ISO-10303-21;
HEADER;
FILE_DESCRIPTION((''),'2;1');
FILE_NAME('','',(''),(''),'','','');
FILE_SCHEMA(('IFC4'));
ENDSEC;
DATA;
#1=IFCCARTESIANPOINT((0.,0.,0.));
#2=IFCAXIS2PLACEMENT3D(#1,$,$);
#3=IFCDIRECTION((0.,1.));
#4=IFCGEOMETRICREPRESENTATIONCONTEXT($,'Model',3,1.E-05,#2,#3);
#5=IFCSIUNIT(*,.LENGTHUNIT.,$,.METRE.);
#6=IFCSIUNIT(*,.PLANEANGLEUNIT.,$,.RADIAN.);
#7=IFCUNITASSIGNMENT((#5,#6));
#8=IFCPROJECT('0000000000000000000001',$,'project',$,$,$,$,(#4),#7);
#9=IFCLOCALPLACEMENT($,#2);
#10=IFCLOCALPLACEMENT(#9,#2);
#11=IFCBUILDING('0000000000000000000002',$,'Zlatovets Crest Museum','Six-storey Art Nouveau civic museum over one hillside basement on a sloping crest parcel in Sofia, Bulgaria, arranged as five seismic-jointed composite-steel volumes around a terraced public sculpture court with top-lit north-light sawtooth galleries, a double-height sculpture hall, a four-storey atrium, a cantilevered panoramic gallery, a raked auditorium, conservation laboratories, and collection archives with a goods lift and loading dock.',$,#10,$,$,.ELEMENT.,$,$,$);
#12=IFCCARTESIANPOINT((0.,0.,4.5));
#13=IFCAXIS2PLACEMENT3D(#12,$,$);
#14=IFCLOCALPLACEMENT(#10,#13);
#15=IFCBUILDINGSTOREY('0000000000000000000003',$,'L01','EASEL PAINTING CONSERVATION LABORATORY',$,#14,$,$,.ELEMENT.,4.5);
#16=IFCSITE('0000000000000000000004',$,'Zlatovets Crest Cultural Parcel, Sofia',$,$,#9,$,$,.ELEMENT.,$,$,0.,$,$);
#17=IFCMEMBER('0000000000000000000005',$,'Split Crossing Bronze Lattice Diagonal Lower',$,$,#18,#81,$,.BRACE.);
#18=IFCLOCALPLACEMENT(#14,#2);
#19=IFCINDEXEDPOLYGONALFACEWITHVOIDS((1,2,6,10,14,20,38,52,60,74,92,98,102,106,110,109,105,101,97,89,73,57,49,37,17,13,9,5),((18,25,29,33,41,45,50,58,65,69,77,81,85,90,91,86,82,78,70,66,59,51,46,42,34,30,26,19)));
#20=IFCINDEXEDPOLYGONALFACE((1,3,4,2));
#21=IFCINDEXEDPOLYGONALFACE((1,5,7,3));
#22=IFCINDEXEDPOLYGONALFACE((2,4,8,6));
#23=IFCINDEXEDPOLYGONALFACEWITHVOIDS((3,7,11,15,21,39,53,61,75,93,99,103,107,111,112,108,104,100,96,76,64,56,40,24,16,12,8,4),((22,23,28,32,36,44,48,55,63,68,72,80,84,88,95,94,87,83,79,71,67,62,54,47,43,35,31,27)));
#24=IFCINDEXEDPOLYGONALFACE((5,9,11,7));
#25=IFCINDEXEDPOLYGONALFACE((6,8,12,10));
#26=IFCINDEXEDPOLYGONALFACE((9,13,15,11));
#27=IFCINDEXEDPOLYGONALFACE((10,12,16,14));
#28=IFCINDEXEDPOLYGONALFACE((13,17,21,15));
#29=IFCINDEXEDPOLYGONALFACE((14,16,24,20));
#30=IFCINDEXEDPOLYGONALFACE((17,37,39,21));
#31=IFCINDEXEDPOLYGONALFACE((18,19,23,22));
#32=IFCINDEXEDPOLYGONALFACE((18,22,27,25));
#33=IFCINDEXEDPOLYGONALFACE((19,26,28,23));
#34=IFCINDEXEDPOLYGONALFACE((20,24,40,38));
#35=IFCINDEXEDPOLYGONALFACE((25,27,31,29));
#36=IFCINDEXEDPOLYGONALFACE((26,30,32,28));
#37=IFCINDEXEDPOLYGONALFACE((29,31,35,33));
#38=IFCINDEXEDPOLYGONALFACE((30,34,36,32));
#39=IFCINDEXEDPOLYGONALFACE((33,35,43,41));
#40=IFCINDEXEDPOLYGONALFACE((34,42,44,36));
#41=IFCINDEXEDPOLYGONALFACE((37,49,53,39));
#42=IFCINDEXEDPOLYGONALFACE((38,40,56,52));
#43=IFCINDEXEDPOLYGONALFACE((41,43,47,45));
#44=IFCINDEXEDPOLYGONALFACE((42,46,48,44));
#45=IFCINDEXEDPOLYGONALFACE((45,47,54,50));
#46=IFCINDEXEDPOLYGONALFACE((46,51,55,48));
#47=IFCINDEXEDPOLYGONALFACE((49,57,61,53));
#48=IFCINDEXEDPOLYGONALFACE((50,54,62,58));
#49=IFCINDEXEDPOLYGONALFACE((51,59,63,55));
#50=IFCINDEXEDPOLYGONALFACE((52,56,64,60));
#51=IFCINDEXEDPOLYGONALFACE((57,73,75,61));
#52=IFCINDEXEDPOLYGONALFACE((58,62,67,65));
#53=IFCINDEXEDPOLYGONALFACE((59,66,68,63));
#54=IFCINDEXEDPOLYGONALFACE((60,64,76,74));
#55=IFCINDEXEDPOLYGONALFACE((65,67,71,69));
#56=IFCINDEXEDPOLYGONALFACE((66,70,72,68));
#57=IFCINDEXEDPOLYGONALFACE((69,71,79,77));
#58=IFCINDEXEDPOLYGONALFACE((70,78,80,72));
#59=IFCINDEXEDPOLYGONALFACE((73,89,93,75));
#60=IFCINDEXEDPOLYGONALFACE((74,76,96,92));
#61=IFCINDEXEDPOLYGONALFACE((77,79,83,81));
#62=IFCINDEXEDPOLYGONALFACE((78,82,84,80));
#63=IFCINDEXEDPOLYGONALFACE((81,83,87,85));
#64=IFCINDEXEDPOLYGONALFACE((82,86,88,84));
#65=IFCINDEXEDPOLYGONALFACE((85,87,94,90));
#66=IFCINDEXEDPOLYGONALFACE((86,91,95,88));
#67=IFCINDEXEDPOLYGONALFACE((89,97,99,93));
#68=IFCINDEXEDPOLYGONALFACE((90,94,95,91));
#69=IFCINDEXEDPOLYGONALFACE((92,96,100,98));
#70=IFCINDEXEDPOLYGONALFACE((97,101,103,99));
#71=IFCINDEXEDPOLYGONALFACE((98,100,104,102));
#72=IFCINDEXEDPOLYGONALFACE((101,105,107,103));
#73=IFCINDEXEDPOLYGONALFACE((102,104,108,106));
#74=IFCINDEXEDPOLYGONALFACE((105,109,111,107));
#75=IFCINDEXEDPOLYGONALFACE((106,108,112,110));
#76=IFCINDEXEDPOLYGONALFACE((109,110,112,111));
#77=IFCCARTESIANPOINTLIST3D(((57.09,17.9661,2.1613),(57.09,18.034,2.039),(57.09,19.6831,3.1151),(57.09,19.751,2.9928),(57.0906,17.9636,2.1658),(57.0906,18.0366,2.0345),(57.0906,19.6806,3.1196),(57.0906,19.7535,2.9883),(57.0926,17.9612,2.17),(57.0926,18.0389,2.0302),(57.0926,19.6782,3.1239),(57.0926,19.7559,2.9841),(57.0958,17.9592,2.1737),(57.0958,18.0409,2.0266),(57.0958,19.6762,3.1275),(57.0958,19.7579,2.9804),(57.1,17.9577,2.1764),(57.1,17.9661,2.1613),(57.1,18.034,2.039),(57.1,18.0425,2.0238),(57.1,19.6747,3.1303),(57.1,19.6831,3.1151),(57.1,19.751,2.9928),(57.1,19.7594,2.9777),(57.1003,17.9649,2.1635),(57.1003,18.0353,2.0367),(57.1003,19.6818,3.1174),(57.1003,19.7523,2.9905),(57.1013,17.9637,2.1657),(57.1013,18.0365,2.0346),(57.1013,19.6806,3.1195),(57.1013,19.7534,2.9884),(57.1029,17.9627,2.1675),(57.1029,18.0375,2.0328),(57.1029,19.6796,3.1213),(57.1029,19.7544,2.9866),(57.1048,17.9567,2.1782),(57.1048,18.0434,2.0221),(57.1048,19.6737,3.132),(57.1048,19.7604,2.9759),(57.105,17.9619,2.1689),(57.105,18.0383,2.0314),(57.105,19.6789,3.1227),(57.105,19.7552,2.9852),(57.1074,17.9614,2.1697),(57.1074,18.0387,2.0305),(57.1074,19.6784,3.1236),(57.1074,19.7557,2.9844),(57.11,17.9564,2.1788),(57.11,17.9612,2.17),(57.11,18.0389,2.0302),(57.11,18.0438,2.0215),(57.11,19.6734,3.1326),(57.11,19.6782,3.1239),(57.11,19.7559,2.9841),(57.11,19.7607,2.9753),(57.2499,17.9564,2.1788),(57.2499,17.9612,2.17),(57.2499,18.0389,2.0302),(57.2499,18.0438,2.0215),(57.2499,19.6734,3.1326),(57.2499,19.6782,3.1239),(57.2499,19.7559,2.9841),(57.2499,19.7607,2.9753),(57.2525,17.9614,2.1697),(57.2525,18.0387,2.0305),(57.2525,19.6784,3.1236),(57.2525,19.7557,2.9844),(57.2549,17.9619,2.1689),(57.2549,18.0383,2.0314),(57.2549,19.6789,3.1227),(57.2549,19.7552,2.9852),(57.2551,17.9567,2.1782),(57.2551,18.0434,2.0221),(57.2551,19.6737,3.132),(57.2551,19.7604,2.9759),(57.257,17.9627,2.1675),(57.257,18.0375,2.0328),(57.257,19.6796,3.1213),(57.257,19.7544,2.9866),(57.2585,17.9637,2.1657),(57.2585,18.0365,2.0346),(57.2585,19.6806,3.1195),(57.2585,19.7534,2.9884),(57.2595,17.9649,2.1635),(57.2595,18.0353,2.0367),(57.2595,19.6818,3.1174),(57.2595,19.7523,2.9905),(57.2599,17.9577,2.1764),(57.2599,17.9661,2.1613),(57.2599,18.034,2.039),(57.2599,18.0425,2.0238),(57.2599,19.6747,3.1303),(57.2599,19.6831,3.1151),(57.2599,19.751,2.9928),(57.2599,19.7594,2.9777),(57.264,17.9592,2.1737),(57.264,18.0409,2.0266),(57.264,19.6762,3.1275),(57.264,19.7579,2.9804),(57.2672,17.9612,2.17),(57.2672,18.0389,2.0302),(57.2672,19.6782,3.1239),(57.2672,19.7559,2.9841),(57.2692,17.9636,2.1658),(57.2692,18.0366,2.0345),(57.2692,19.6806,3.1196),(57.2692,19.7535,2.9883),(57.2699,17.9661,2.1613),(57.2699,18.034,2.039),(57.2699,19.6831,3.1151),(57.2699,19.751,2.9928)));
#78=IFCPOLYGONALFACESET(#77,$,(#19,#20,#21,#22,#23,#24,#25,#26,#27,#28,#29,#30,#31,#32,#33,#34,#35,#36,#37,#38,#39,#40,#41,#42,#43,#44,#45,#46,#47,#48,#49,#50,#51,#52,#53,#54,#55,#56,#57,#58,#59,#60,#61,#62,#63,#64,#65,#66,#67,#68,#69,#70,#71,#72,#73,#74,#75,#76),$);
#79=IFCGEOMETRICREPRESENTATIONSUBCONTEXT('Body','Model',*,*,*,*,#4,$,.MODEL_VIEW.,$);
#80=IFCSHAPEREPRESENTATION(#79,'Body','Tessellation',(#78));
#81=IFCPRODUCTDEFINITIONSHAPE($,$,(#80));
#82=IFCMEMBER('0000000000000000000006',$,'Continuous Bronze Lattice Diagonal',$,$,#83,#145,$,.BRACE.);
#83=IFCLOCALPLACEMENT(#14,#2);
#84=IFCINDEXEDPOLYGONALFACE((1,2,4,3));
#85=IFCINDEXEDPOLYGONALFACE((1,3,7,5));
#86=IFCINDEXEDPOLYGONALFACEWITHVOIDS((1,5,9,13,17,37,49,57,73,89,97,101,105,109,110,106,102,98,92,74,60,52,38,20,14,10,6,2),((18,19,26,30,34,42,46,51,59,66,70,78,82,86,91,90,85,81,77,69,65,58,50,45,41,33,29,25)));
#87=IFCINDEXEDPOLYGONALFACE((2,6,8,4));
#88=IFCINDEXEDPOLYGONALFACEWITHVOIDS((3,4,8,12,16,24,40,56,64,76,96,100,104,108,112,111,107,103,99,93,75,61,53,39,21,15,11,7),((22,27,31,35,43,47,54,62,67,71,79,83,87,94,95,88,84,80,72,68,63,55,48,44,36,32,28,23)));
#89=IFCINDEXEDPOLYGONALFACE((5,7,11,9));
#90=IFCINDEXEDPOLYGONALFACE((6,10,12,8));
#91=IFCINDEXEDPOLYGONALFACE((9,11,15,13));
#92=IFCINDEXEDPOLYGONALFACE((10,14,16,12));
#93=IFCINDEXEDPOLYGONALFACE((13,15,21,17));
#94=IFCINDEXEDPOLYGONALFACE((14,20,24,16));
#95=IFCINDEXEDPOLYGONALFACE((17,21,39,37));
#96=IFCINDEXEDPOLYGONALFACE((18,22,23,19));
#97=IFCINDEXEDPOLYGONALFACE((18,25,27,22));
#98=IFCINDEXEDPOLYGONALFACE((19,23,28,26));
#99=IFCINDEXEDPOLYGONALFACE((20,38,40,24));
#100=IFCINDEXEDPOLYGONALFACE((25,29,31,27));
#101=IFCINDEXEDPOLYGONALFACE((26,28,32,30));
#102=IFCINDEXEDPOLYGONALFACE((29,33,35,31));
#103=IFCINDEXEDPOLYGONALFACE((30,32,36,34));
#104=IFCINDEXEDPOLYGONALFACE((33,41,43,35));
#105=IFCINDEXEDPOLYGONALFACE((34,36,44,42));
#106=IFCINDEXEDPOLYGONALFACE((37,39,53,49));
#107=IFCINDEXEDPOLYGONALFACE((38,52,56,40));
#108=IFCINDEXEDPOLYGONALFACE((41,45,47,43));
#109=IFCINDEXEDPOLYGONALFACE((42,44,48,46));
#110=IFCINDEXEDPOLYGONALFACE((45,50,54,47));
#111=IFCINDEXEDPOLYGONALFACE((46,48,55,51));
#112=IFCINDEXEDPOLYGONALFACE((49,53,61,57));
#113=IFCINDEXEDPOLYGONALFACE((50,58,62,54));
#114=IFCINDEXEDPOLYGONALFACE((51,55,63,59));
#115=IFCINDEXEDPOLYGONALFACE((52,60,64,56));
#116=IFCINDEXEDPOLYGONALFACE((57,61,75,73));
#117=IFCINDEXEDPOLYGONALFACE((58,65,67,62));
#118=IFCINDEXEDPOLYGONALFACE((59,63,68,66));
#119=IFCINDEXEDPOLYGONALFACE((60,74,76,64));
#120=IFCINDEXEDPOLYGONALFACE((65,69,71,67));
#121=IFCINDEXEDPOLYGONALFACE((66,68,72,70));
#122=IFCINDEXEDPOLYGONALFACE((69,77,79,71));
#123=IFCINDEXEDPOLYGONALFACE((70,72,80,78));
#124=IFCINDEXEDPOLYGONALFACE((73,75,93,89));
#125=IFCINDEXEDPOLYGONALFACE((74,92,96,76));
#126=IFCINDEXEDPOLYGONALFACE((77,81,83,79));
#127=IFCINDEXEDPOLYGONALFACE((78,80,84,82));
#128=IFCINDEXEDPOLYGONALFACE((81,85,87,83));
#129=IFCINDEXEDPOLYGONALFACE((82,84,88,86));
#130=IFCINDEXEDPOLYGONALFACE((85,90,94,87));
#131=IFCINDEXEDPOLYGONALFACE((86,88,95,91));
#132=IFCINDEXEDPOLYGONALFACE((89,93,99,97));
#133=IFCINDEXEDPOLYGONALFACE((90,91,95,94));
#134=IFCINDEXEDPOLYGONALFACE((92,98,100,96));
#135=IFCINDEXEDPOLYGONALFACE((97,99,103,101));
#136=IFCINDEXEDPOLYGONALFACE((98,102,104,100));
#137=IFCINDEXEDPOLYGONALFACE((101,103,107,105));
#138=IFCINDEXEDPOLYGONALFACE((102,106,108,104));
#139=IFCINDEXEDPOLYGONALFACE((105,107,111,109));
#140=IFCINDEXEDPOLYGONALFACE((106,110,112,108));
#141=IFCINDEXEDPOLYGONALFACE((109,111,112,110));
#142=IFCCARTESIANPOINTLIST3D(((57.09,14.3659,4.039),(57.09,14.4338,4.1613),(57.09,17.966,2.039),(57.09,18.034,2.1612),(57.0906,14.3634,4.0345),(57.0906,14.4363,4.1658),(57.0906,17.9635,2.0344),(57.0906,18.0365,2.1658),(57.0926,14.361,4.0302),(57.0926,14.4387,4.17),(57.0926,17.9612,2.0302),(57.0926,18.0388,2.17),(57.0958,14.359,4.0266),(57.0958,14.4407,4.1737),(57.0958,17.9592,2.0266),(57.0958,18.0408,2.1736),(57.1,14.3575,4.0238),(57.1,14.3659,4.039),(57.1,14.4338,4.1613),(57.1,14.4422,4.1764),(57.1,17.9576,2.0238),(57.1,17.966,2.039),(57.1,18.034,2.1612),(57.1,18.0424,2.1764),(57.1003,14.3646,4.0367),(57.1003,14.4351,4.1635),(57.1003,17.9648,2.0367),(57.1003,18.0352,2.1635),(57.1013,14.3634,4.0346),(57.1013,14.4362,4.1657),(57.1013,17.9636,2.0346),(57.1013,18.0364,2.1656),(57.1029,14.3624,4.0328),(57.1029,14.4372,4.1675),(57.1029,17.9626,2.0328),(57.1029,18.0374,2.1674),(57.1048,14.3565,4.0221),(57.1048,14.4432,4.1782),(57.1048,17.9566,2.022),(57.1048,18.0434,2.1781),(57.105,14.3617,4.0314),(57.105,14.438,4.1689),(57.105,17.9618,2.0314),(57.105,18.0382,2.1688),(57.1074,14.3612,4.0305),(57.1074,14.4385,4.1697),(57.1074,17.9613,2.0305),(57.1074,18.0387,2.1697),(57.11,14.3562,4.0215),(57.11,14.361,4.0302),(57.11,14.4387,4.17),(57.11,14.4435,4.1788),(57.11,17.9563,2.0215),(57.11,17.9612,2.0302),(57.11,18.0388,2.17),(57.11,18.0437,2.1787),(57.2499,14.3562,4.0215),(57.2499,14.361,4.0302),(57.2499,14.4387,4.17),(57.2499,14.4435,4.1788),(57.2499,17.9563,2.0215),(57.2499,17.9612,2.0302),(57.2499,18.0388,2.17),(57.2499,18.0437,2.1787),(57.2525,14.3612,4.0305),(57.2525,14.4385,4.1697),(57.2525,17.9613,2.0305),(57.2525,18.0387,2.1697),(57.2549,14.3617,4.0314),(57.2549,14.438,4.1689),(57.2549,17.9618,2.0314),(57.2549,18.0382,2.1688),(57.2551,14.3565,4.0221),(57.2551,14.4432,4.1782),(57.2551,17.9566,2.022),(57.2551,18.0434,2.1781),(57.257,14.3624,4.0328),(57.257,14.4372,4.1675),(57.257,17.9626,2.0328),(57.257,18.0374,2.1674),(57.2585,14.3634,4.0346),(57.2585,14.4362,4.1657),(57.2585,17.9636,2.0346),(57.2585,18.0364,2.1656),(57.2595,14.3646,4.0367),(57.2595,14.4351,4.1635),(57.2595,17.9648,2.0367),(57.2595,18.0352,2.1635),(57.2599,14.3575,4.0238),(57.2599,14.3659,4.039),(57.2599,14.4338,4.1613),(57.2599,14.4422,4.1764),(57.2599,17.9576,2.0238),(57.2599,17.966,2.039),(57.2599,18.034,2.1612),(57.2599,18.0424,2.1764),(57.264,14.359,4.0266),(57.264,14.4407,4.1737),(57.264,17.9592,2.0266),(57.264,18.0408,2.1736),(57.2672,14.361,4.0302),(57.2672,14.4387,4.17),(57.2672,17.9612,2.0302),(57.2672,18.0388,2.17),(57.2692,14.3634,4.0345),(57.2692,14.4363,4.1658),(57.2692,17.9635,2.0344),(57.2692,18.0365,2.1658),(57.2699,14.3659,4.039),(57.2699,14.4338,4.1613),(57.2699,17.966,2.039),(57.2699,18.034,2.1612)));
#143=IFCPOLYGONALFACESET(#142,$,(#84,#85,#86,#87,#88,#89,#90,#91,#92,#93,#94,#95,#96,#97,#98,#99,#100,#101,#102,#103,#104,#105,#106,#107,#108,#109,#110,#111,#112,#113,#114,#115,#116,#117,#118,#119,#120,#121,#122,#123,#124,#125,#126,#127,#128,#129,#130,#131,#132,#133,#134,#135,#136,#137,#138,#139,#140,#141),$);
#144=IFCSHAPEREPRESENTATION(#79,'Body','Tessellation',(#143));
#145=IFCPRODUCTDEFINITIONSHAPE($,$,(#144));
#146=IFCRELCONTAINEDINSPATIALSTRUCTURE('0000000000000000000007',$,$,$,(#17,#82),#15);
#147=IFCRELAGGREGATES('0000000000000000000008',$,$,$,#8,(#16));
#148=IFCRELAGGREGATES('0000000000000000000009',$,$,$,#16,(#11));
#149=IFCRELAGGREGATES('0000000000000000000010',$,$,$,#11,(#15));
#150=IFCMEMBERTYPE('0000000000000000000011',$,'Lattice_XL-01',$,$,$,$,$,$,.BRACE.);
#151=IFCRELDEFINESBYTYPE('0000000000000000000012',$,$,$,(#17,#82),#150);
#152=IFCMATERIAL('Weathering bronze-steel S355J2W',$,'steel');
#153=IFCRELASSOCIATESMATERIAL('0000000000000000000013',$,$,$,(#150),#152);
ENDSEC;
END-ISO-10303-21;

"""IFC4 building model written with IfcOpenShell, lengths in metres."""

from ifc_helpers import new_model, si_unit, direction, frame, origin, origin_2d, place, context, subcontext, project, spatial, hollow_rectangle, extrude, material, material_profile, profile_set, type_object, element, save


model = new_model("IFC4")

# Units and contexts
model_context = context("Model", 3, precision=1e-05, world=origin(), true_north=direction((0.0, 1.0)))
body_context = subcontext(model_context, "Body", "Model", "MODEL_VIEW")
ifc_project = project(units=[si_unit("LENGTHUNIT", "METRE"), si_unit("PLANEANGLEUNIT", "RADIAN")], contexts=[model_context])

# Site, building, storey
site_placement = place(None, origin())
site = spatial("IfcSite", under=ifc_project, at=site_placement, Name="Zlatovets Crest Cultural Parcel, Sofia", CompositionType="ELEMENT", RefElevation=0.0)
building_placement = place(site_placement, origin())
building = spatial("IfcBuilding", under=site, at=building_placement, Name="Zlatovets Crest Museum", Description="Six-storey Art Nouveau civic museum over one hillside basement on a sloping crest parcel in Sofia, Bulgaria, arranged as five seismic-jointed composite-steel volumes around a terraced public sculpture court with top-lit north-light sawtooth galleries, a double-height sculpture hall, a four-storey atrium, a cantilevered panoramic gallery, a raked auditorium, conservation laboratories, and collection archives with a goods lift and loading dock.", CompositionType="ELEMENT")
storey_placement = place(building_placement, frame((0.0, 0.0, 4.5)))
storey = spatial("IfcBuildingStorey", under=building, at=storey_placement, Name="L01", Description="EASEL PAINTING CONSERVATION LABORATORY", CompositionType="ELEMENT", Elevation=4.5)

# Members
ifc_material_1 = material(Name="Weathering bronze-steel S355J2W", Category="steel")
ifc_material_profile_1 = material_profile(ifc_material_1, hollow_rectangle(XDim=0.1799, YDim=0.1799, WallThickness=0.01, InnerFilletRadius=0.01, OuterFilletRadius=0.02, at=origin_2d()), Name="SHS 180x180x10.0")
ifc_profile_set_1 = profile_set([ifc_material_profile_1], Name="Weathering bronze-steel S355J2W")
member_type_1 = type_object("IfcMemberType", Name="Lattice_XL-01", PredefinedType="BRACE", material=ifc_profile_set_1)
for number, where, z_axis, x_axis, name in (
    (1, (57.1799, 19.717, 3.054), (0.0, -0.874169, -0.485622), (1.0, 0.0, 0.0), "Split Crossing Bronze Lattice Diagonal Lower"),
):
    element("IfcMember", number, at=place(storey_placement, frame(where, z_axis=z_axis, x_axis=x_axis)), inside=storey, type_object=member_type_1, Name=name, PredefinedType="BRACE", context=body_context, shape_type="SweptSolid", body=[
        extrude(hollow_rectangle(XDim=0.1799, YDim=0.1799, WallThickness=0.01, InnerFilletRadius=0.01, OuterFilletRadius=0.02, at=origin_2d()), origin(), (0.0, 0.0, 1.0), 1.9641),
    ])
member_1_placement = place(storey_placement, frame((57.1799, 18.0, 2.1001), z_axis=(0.0, -0.874163, 0.485633), x_axis=(1.0, 0.0, 0.0)))
element("IfcMember", 2, at=member_1_placement, inside=storey, type_object=member_type_1, Name="Continuous Bronze Lattice Diagonal", PredefinedType="BRACE", context=body_context, shape_type="SweptSolid", body=[
    extrude(hollow_rectangle(XDim=0.1799, YDim=0.1799, WallThickness=0.01, InnerFilletRadius=0.01, OuterFilletRadius=0.02, at=origin_2d()), origin(), (0.0, 0.0, 1.0), 4.1184),
])

save(model, "model.ifc")
